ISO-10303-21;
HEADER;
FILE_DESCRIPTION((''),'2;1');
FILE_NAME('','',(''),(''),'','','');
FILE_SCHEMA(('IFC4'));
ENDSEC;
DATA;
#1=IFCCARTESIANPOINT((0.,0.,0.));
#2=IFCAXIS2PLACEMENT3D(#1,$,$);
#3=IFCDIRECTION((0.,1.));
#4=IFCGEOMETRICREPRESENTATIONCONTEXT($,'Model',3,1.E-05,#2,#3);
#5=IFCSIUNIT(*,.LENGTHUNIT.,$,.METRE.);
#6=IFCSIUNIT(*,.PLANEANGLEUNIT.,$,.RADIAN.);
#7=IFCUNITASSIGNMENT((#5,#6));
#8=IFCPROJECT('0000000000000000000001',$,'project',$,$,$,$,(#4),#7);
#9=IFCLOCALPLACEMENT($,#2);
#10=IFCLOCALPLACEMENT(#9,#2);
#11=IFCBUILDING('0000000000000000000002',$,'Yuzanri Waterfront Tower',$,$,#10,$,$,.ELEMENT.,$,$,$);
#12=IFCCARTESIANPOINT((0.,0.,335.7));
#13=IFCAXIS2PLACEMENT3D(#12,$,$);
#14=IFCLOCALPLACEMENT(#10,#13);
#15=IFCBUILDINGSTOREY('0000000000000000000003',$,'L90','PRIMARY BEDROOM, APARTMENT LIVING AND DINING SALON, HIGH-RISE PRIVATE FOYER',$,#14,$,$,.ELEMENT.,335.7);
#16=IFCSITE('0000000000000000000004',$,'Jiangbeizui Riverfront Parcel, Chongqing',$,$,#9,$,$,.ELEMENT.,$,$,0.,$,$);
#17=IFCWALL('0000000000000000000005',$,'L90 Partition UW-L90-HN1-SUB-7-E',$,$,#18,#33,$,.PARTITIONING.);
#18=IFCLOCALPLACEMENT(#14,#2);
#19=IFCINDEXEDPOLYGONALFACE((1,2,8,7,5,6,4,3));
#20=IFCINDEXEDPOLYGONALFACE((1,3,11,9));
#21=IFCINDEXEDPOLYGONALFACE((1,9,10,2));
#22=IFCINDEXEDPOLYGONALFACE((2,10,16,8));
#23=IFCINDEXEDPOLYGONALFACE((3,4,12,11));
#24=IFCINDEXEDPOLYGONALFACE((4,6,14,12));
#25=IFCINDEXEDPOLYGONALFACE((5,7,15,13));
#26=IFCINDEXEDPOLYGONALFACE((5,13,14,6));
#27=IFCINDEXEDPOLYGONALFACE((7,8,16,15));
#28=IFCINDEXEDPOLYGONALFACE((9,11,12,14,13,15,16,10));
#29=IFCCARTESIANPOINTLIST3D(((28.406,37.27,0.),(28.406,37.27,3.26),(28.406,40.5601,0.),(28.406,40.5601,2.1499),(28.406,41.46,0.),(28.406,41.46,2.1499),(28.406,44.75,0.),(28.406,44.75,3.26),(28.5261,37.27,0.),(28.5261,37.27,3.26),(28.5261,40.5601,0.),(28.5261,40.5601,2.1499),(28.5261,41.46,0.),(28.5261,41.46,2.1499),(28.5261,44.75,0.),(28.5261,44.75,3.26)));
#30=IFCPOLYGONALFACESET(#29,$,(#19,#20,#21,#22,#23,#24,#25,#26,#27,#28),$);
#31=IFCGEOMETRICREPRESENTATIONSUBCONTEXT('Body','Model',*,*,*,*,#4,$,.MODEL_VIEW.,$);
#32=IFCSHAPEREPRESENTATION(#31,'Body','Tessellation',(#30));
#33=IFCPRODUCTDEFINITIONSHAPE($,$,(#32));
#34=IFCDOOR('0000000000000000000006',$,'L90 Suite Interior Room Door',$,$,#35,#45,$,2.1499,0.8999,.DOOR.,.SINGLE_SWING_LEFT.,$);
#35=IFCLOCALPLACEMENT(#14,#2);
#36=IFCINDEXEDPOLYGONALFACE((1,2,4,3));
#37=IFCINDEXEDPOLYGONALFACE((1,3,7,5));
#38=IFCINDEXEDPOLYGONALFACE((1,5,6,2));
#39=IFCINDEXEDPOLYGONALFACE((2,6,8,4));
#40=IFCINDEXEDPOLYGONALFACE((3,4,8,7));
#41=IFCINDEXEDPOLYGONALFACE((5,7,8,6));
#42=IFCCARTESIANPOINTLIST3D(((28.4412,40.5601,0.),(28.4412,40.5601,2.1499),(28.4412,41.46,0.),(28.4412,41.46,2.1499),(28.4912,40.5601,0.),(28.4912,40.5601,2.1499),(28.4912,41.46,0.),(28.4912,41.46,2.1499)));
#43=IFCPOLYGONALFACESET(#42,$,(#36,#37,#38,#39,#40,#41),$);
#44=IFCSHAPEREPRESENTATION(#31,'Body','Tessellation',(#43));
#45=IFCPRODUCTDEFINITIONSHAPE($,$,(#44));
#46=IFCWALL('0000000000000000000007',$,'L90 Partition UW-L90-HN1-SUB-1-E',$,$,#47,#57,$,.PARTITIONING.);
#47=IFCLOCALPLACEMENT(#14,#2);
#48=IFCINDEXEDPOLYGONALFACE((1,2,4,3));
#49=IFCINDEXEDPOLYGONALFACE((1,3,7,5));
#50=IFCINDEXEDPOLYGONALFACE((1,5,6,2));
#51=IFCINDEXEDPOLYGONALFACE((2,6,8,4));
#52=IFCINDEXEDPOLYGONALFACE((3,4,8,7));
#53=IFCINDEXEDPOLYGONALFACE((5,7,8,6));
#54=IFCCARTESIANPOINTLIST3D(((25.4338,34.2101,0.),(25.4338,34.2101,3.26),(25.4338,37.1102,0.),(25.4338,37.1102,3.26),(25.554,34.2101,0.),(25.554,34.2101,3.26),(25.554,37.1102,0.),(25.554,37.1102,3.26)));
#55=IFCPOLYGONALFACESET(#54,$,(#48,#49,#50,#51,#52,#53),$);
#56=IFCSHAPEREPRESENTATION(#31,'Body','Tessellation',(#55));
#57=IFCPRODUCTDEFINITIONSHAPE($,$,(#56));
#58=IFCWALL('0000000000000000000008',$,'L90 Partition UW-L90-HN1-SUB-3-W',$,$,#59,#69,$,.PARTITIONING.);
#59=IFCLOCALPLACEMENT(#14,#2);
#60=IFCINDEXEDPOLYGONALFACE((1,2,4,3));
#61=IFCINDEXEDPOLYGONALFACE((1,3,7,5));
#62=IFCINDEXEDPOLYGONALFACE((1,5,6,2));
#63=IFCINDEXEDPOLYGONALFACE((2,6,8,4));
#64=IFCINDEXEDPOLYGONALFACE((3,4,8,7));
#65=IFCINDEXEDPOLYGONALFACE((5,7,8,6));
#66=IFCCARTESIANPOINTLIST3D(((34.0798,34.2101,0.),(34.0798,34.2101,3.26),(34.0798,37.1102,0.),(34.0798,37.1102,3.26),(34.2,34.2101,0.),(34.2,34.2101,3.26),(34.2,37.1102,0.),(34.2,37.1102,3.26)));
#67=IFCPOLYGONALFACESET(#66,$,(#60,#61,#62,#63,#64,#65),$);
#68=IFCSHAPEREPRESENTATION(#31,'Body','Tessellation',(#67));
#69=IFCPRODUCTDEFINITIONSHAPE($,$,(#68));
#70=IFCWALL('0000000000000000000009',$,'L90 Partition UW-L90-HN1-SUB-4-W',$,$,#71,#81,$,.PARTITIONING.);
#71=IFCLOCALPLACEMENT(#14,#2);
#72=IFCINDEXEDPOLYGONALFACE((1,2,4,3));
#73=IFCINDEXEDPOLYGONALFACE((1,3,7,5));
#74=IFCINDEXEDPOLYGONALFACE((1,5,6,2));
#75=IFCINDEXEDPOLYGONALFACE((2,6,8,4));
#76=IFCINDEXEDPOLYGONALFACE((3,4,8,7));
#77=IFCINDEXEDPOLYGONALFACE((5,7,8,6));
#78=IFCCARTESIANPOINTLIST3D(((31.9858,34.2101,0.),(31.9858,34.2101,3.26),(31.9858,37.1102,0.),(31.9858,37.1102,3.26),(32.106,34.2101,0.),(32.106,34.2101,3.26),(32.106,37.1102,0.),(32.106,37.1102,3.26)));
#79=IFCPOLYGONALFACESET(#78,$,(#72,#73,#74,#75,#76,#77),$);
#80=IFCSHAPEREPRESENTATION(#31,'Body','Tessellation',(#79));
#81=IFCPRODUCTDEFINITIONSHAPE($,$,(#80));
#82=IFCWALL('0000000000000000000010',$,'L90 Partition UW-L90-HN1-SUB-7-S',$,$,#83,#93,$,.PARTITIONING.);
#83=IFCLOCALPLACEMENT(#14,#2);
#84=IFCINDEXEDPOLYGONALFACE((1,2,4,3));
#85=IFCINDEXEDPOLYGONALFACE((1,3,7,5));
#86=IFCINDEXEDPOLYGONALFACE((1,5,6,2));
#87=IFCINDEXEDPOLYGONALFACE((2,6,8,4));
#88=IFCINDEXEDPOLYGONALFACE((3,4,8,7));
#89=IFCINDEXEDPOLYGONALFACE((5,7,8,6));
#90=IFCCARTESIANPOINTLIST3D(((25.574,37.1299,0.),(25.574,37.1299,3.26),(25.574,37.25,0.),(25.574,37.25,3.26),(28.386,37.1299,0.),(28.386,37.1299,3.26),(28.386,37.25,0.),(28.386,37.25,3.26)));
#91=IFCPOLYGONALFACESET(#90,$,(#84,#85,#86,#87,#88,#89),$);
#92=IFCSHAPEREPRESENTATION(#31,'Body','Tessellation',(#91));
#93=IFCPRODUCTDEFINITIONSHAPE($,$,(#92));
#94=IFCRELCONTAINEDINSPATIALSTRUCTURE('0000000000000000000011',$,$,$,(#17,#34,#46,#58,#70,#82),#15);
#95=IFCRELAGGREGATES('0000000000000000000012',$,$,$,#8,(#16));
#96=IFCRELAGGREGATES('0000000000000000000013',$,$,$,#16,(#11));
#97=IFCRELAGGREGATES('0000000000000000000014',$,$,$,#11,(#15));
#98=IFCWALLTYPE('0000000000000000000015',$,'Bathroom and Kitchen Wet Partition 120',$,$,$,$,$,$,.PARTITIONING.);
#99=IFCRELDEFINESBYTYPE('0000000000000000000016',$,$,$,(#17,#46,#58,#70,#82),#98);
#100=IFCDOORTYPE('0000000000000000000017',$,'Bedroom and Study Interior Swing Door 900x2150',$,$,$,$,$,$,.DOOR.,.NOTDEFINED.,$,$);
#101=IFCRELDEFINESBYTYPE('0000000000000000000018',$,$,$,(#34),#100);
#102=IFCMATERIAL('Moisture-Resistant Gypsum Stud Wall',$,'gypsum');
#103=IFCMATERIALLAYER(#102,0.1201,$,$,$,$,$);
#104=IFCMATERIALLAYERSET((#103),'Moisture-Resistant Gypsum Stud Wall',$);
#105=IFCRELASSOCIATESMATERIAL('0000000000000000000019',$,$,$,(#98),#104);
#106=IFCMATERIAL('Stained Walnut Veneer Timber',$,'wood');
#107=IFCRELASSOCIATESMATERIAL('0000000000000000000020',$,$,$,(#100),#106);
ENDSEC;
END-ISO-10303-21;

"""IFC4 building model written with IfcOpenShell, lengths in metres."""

from ifc_helpers import new_model, si_unit, direction, frame, frame_2d, origin, place, context, subcontext, project, spatial, rectangle, extrude, source, transform, mapped, material, layer, layer_set, type_object, element, fill, save


model = new_model("IFC4")

# Units and contexts
model_context = context("Model", 3, precision=1e-05, world=origin(), true_north=direction((0.0, 1.0)))
body_context = subcontext(model_context, "Body", "Model", "MODEL_VIEW")
ifc_project = project(units=[si_unit("LENGTHUNIT", "METRE"), si_unit("PLANEANGLEUNIT", "RADIAN")], contexts=[model_context])

# Site, building, storey
site_placement = place(None, origin())
site = spatial("IfcSite", under=ifc_project, at=site_placement, Name="Jiangbeizui Riverfront Parcel, Chongqing", CompositionType="ELEMENT", RefElevation=0.0)
building_placement = place(site_placement, origin())
building = spatial("IfcBuilding", under=site, at=building_placement, Name="Yuzanri Waterfront Tower", CompositionType="ELEMENT")
storey_placement = place(building_placement, frame((0.0, 0.0, 335.7)))
storey = spatial("IfcBuildingStorey", under=building, at=storey_placement, Name="L90", Description="PRIMARY BEDROOM, APARTMENT LIVING AND DINING SALON, HIGH-RISE PRIVATE FOYER", CompositionType="ELEMENT", Elevation=335.7)

# Shared definitions
ifc_material_1 = material(Name="Moisture-Resistant Gypsum Stud Wall", Category="gypsum")
ifc_layer_1 = layer(ifc_material_1, 0.1201)
ifc_layer_set_1 = layer_set([ifc_layer_1], Name="Moisture-Resistant Gypsum Stud Wall")
wall_type = type_object("IfcWallType", Name="Bathroom and Kitchen Wet Partition 120", PredefinedType="PARTITIONING", material=ifc_layer_set_1)
ifc_material_2 = material(Name="Stained Walnut Veneer Timber", Category="wood")
door_type_1 = type_object("IfcDoorType", Name="Bedroom and Study Interior Swing Door 900x2150", OperationType="NOTDEFINED", PredefinedType="DOOR", material=ifc_material_2)
shared_shape_1 = source(origin(), body_context, "Body", "SweptSolid", [
    extrude(rectangle(XDim=0.8999, YDim=2.1499, at=frame_2d((0.45, 1.075))), frame((0.0, 0.0249, 0.0), z_axis=(0.0, -1.0, 0.0), x_axis=(1.0, 0.0, 0.0)), (0.0, 0.0, 1.0), 0.05),
])

# Wall, opening, door
wall_1_placement = place(storey_placement, frame((28.4661, 37.27, 0.0), z_axis=(0.0, 0.0, 1.0), x_axis=(0.0, 1.0, 0.0)))
wall_1 = element("IfcWall", 1, at=wall_1_placement, inside=storey, type_object=wall_type, Name="L90 Partition UW-L90-HN1-SUB-7-E", PredefinedType="PARTITIONING", context=body_context, shape_type="SweptSolid", body=[
    extrude(rectangle(XDim=7.48, YDim=0.1201, at=frame_2d((3.74, 0.0))), origin(), (0.0, 0.0, 1.0), 3.26),
])
opening_1_placement = place(wall_1_placement, frame((3.29, 0.0, 0.0)))
opening_1 = element("IfcOpeningElement", 2, at=opening_1_placement, cuts=wall_1, PredefinedType="OPENING", context=body_context, shape_type="SweptSolid", body=[
    extrude(rectangle(XDim=0.8999, YDim=2.1499, at=frame_2d((0.45, 1.075))), frame((0.0, 0.075, 0.0), z_axis=(0.0, -1.0, 0.0), x_axis=(1.0, 0.0, 0.0)), (0.0, 0.0, 1.0), 0.1499),
])
door_1_placement = place(opening_1_placement, origin())
door_1 = element("IfcDoor", 3, at=door_1_placement, inside=storey, type_object=door_type_1, Name="L90 Suite Interior Room Door", OperationType="SINGLE_SWING_LEFT", OverallHeight=2.1499, OverallWidth=0.8999, PredefinedType="DOOR", context=body_context, shape_type="MappedRepresentation", body=[
    mapped(shared_shape_1, transform((0.0, 0.0, 0.0), scale=1.0)),
])
fill(opening_1, door_1)

# Walls
shared_shape_2 = source(origin(), body_context, "Body", "SweptSolid", [
    extrude(rectangle(XDim=2.9001, YDim=0.1201, at=frame_2d((1.4502, 0.0))), origin(), (0.0, 0.0, 1.0), 3.26),
])
for number, where, z_axis, x_axis, name in (
    (4, (25.4939, 34.21, 0.0), (0.0, 0.0, 1.0), (0.0, 1.0, 0.0), "L90 Partition UW-L90-HN1-SUB-1-E"),
    (5, (34.1399, 34.21, 0.0), (0.0, 0.0, 1.0), (0.0, 1.0, 0.0), "L90 Partition UW-L90-HN1-SUB-3-W"),
    (6, (32.0459, 34.21, 0.0), (0.0, 0.0, 1.0), (0.0, 1.0, 0.0), "L90 Partition UW-L90-HN1-SUB-4-W"),
):
    element("IfcWall", number, at=place(storey_placement, frame(where, z_axis=z_axis, x_axis=x_axis)), inside=storey, type_object=wall_type, Name=name, PredefinedType="PARTITIONING", context=body_context, shape_type="MappedRepresentation", body=[
        mapped(shared_shape_2, transform((0.0, 0.0, 0.0), scale=1.0)),
    ])
shared_shape_3 = source(origin(), body_context, "Body", "SweptSolid", [
    extrude(rectangle(XDim=2.812, YDim=0.1201, at=frame_2d((1.406, 0.0))), origin(), (0.0, 0.0, 1.0), 3.26),
])
wall_2_placement = place(storey_placement, frame((25.574, 37.1899, 0.0), z_axis=(0.0, 0.0, 1.0), x_axis=(1.0, 0.0, 0.0)))
element("IfcWall", 7, at=wall_2_placement, inside=storey, type_object=wall_type, Name="L90 Partition UW-L90-HN1-SUB-7-S", PredefinedType="PARTITIONING", context=body_context, shape_type="MappedRepresentation", body=[
    mapped(shared_shape_3, transform((0.0, 0.0, 0.0), scale=1.0)),
])

save(model, "model.ifc")
